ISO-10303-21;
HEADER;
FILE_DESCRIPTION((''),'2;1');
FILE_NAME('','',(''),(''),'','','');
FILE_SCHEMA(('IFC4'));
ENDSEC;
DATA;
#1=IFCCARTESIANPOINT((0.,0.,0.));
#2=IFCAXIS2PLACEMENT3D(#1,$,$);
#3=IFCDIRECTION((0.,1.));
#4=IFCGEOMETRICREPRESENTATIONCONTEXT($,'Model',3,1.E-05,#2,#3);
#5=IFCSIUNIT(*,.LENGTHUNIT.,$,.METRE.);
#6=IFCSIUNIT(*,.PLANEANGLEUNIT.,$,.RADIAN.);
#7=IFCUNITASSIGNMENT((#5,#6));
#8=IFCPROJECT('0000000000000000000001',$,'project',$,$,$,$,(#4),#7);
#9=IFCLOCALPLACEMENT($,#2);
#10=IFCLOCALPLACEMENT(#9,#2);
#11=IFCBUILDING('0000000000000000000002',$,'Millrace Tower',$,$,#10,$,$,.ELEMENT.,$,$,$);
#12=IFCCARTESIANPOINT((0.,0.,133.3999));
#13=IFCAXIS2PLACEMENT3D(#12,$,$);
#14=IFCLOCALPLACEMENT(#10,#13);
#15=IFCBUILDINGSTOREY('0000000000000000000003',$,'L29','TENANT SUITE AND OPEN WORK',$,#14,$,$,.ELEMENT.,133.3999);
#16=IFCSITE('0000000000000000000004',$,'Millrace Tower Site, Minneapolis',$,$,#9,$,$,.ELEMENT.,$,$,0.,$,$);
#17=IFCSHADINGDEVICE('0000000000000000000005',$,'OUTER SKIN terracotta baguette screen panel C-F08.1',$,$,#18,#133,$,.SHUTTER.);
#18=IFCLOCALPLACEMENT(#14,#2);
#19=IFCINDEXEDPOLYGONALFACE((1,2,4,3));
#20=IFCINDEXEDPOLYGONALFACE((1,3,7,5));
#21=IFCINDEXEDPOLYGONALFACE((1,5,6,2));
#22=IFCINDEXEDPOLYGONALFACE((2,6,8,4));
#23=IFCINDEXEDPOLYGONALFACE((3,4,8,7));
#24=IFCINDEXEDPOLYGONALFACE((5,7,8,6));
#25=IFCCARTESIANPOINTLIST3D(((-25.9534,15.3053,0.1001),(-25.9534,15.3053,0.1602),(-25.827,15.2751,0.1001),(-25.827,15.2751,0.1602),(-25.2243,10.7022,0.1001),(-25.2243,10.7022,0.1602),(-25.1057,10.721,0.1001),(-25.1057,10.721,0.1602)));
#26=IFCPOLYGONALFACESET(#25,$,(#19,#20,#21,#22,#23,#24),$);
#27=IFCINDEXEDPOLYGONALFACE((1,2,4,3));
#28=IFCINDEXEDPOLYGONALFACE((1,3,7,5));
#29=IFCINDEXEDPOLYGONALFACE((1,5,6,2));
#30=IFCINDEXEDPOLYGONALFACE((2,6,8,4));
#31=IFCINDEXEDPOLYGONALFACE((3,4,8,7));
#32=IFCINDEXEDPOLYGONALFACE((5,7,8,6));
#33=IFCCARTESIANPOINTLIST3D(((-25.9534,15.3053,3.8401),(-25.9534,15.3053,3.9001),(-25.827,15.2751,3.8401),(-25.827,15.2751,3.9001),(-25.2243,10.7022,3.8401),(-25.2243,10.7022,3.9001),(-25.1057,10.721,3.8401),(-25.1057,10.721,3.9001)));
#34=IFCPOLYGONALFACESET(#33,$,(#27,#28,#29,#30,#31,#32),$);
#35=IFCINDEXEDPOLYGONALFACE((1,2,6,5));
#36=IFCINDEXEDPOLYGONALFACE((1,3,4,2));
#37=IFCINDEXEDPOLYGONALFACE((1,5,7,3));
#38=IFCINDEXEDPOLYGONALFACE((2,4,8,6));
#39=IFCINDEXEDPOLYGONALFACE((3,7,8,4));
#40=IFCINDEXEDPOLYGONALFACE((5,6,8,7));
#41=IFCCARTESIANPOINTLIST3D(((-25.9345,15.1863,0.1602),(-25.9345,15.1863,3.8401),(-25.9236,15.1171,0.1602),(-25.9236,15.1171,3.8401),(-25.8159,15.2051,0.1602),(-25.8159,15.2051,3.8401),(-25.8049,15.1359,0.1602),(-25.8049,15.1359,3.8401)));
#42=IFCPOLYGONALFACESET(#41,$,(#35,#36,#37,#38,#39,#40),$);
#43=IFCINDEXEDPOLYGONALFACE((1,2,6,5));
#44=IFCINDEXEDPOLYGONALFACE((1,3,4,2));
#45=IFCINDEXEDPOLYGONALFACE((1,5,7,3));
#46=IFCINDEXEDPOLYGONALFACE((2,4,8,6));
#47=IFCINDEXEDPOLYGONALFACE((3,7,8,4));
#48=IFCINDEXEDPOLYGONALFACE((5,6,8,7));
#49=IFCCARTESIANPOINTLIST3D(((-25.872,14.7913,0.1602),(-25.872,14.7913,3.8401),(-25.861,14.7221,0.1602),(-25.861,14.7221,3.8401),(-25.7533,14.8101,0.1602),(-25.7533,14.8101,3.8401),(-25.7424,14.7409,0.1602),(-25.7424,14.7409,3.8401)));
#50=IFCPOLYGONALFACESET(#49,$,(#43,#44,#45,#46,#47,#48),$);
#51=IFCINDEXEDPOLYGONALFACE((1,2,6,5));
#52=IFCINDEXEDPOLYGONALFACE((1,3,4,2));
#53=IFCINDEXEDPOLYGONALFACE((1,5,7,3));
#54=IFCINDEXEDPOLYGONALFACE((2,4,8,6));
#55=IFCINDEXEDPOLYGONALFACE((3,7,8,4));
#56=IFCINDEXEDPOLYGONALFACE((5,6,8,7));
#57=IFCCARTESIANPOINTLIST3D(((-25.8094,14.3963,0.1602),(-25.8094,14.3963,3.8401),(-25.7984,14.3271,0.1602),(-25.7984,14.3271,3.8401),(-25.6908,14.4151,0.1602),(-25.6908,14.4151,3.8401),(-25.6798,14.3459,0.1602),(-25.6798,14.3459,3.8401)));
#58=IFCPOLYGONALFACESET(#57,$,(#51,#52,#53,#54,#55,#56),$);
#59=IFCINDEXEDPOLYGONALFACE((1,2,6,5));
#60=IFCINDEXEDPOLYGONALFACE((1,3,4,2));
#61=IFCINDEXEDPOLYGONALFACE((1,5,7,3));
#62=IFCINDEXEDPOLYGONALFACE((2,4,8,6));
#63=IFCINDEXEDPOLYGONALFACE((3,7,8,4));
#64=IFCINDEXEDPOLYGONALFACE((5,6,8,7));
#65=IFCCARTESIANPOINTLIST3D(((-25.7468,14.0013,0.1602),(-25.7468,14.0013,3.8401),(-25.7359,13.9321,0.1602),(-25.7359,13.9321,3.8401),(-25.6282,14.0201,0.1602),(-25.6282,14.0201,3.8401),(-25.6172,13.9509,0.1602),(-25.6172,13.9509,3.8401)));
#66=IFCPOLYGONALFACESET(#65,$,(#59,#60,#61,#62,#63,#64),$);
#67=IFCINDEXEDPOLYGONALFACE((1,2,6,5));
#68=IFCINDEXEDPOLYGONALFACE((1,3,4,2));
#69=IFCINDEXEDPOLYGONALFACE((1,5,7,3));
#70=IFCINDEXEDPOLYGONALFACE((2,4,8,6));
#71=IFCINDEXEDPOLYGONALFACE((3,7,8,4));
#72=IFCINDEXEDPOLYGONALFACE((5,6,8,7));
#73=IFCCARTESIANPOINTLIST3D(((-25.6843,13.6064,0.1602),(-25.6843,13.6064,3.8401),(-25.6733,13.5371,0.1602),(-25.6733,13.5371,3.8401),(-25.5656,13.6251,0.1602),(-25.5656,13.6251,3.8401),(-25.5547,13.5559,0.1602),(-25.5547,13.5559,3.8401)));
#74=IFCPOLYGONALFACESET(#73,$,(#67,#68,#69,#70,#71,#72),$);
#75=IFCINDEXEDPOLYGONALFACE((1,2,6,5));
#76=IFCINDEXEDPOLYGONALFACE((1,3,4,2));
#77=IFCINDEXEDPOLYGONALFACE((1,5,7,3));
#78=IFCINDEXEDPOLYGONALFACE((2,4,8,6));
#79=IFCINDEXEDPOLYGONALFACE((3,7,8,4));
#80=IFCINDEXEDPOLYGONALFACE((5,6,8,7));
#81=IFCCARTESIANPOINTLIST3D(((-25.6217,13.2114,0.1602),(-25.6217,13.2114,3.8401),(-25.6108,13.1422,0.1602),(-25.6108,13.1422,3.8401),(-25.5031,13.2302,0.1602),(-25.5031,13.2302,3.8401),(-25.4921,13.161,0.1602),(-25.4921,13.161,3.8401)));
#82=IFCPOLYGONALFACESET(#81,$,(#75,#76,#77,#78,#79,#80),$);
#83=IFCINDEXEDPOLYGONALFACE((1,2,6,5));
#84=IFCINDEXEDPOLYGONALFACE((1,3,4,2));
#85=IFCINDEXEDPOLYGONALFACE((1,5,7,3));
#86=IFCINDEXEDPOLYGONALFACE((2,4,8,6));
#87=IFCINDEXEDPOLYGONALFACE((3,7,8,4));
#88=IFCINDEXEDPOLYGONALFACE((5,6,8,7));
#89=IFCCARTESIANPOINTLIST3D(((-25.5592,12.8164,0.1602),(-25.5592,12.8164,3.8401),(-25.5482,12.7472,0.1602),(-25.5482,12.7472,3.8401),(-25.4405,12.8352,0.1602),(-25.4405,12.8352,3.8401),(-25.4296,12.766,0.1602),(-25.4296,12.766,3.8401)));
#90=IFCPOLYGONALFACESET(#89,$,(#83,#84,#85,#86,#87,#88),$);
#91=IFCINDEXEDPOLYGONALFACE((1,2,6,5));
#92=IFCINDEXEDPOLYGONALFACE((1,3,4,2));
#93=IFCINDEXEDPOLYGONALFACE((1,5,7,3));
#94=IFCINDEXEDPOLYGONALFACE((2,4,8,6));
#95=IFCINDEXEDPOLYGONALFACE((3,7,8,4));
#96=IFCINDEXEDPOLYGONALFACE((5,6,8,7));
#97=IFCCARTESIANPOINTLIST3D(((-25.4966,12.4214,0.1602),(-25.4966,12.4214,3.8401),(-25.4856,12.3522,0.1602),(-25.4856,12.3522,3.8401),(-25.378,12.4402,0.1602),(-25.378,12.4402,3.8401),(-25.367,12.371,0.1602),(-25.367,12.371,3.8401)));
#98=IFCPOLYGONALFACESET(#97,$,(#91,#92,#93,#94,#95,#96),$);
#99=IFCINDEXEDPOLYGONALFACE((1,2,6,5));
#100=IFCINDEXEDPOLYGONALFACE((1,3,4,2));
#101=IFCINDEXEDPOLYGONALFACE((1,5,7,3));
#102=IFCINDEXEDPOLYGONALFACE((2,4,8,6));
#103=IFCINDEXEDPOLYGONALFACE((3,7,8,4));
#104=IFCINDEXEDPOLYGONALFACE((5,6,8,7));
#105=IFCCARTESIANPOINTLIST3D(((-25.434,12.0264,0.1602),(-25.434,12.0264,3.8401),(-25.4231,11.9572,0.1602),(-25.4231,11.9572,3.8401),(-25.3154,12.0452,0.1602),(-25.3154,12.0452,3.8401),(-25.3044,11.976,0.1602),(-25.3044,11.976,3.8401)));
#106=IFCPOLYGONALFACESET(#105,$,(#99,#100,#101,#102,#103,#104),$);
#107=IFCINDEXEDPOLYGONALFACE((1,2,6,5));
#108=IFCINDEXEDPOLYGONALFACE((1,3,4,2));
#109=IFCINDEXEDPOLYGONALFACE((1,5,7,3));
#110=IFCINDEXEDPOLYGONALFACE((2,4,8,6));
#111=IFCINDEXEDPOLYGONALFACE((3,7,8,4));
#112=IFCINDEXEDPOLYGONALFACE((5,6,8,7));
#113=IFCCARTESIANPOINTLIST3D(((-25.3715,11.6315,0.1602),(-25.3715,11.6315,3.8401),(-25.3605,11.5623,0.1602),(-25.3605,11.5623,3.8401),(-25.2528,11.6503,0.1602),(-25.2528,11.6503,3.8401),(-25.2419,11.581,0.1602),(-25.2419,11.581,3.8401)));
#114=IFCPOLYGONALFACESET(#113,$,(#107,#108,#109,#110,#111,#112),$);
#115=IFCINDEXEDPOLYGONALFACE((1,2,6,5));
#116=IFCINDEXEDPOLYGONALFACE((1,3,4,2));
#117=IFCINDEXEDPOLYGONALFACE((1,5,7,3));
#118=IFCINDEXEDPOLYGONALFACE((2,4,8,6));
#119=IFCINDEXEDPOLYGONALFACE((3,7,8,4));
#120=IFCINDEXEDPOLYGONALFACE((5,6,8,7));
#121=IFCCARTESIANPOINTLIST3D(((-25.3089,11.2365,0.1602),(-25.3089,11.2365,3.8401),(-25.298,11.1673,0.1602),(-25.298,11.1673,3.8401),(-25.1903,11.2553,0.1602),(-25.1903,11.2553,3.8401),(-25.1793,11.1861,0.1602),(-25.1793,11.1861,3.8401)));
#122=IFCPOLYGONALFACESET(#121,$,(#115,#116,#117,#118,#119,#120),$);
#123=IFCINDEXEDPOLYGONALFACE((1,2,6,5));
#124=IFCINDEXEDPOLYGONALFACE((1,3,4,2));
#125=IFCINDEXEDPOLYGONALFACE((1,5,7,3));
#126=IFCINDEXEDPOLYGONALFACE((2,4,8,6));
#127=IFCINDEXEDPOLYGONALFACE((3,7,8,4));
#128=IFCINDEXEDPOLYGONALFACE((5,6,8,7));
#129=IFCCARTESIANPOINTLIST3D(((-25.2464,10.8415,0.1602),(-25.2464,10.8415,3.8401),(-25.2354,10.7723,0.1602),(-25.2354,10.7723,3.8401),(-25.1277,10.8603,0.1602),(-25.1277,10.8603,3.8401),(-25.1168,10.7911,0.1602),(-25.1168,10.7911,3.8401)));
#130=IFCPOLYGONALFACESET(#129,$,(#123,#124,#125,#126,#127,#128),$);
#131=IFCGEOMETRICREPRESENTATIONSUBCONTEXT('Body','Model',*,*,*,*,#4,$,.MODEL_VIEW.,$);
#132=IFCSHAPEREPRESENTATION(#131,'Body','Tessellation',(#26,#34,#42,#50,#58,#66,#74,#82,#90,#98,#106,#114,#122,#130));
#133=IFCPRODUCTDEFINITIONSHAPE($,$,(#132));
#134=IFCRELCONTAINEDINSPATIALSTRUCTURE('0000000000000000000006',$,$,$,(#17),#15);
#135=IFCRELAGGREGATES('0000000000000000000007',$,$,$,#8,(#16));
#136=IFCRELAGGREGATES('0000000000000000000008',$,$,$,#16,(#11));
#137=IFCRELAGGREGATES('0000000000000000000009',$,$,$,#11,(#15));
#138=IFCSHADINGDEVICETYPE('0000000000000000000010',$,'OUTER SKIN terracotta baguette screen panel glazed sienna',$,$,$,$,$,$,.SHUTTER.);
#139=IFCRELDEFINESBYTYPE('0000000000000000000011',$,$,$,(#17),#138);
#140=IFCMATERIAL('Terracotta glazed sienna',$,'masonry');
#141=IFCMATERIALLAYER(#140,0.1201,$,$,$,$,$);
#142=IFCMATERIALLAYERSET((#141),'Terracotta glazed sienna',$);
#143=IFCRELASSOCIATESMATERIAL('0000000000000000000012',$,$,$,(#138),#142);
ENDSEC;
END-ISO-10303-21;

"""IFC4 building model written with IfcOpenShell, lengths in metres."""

from ifc_helpers import new_model, entity, si_unit, direction, frame, frame_2d, origin, place, context, subcontext, project, spatial, rectangle, extrude, source, transform, mapped, material, layer, layer_set, type_object, element, save


model = new_model("IFC4")

# Units and contexts
model_context = context("Model", 3, precision=1e-05, world=origin(), true_north=direction((0.0, 1.0)))
body_context = subcontext(model_context, "Body", "Model", "MODEL_VIEW")
ifc_project = project(units=[si_unit("LENGTHUNIT", "METRE"), si_unit("PLANEANGLEUNIT", "RADIAN")], contexts=[model_context])

# Site, building, storey
site_placement = place(None, origin())
site = spatial("IfcSite", under=ifc_project, at=site_placement, Name="Millrace Tower Site, Minneapolis", CompositionType="ELEMENT", RefElevation=0.0)
building_placement = place(site_placement, origin())
building = spatial("IfcBuilding", under=site, at=building_placement, Name="Millrace Tower", CompositionType="ELEMENT")
storey_placement = place(building_placement, frame((0.0, 0.0, 133.3999)))
storey = spatial("IfcBuildingStorey", under=building, at=storey_placement, Name="L29", Description="TENANT SUITE AND OPEN WORK", CompositionType="ELEMENT", Elevation=133.3999)

# Shading device
ifc_material_1 = material(Name="Terracotta glazed sienna", Category="masonry")
ifc_layer_1 = layer(ifc_material_1, 0.1201)
ifc_layer_set_1 = layer_set([ifc_layer_1], Name="Terracotta glazed sienna")
shading_device_type = type_object("IfcShadingDeviceType", Name="OUTER SKIN terracotta baguette screen panel glazed sienna", PredefinedType="SHUTTER", material=ifc_layer_set_1)
cartesian_point_1 = entity("IfcCartesianPoint", [-2.293, 0.0601])
shared_polyline_1 = entity("IfcPolyline", [cartesian_point_1, entity("IfcCartesianPoint", [2.3179, 0.0601]), entity("IfcCartesianPoint", [2.3179, -0.0601]), entity("IfcCartesianPoint", [-2.3425, -0.0601]), cartesian_point_1])
shared_shape_1 = source(origin(), body_context, "Body", "SweptSolid", [
    entity("IfcExtrudedAreaSolid", entity("IfcArbitraryClosedProfileDef", "AREA", None, shared_polyline_1), entity("IfcAxis2Placement3D", entity("IfcCartesianPoint", [0.0, 0.0, 0.0])), entity("IfcDirection", [0.0, 0.0, 1.0]), 0.0601),
    entity("IfcExtrudedAreaSolid", entity("IfcArbitraryClosedProfileDef", "AREA", None, shared_polyline_1), entity("IfcAxis2Placement3D", entity("IfcCartesianPoint", [0.0, 0.0, 3.74])), entity("IfcDirection", [0.0, 0.0, 1.0]), 0.0601),
    extrude(rectangle(XDim=0.0701, YDim=0.1201, at=frame_2d((-2.187, 0.0))), frame((0.0, 0.0, 0.0601)), (0.0, 0.0, 1.0), 3.6799),
    extrude(rectangle(XDim=0.0701, YDim=0.1201, at=frame_2d((-1.7871, 0.0))), frame((0.0, 0.0, 0.0601)), (0.0, 0.0, 1.0), 3.6799),
    extrude(rectangle(XDim=0.0701, YDim=0.1201, at=frame_2d((-1.3872, 0.0))), frame((0.0, 0.0, 0.0601)), (0.0, 0.0, 1.0), 3.6799),
    extrude(rectangle(XDim=0.0701, YDim=0.1201, at=frame_2d((-0.9873, 0.0))), frame((0.0, 0.0, 0.0601)), (0.0, 0.0, 1.0), 3.6799),
    extrude(rectangle(XDim=0.0701, YDim=0.1201, at=frame_2d((-0.5874, 0.0))), frame((0.0, 0.0, 0.0601)), (0.0, 0.0, 1.0), 3.6799),
    extrude(rectangle(XDim=0.0701, YDim=0.1201, at=frame_2d((-0.1875, 0.0))), frame((0.0, 0.0, 0.0601)), (0.0, 0.0, 1.0), 3.6799),
    extrude(rectangle(XDim=0.0701, YDim=0.1201, at=frame_2d((0.2124, 0.0))), frame((0.0, 0.0, 0.0601)), (0.0, 0.0, 1.0), 3.6799),
    extrude(rectangle(XDim=0.0701, YDim=0.1201, at=frame_2d((0.6123, 0.0))), frame((0.0, 0.0, 0.0601)), (0.0, 0.0, 1.0), 3.6799),
    extrude(rectangle(XDim=0.0701, YDim=0.1201, at=frame_2d((1.0122, 0.0))), frame((0.0, 0.0, 0.0601)), (0.0, 0.0, 1.0), 3.6799),
    extrude(rectangle(XDim=0.0701, YDim=0.1201, at=frame_2d((1.4121, 0.0))), frame((0.0, 0.0, 0.0601)), (0.0, 0.0, 1.0), 3.6799),
    extrude(rectangle(XDim=0.0701, YDim=0.1201, at=frame_2d((1.812, 0.0))), frame((0.0, 0.0, 0.0601)), (0.0, 0.0, 1.0), 3.6799),
    extrude(rectangle(XDim=0.0701, YDim=0.1201, at=frame_2d((2.2119, 0.0))), frame((0.0, 0.0, 0.0601)), (0.0, 0.0, 1.0), 3.6799),
])
shading_device_1_placement = place(storey_placement, frame((-25.5276, 13.001, 0.1001), z_axis=(0.0, 0.0, 1.0), x_axis=(0.156434, -0.987688, 0.0)))
element("IfcShadingDevice", 1, at=shading_device_1_placement, inside=storey, type_object=shading_device_type, Name="OUTER SKIN terracotta baguette screen panel C-F08.1", PredefinedType="SHUTTER", context=body_context, shape_type="MappedRepresentation", body=[
    mapped(shared_shape_1, transform((0.0, 0.0, 0.0), scale=1.0)),
])

save(model, "model.ifc")
